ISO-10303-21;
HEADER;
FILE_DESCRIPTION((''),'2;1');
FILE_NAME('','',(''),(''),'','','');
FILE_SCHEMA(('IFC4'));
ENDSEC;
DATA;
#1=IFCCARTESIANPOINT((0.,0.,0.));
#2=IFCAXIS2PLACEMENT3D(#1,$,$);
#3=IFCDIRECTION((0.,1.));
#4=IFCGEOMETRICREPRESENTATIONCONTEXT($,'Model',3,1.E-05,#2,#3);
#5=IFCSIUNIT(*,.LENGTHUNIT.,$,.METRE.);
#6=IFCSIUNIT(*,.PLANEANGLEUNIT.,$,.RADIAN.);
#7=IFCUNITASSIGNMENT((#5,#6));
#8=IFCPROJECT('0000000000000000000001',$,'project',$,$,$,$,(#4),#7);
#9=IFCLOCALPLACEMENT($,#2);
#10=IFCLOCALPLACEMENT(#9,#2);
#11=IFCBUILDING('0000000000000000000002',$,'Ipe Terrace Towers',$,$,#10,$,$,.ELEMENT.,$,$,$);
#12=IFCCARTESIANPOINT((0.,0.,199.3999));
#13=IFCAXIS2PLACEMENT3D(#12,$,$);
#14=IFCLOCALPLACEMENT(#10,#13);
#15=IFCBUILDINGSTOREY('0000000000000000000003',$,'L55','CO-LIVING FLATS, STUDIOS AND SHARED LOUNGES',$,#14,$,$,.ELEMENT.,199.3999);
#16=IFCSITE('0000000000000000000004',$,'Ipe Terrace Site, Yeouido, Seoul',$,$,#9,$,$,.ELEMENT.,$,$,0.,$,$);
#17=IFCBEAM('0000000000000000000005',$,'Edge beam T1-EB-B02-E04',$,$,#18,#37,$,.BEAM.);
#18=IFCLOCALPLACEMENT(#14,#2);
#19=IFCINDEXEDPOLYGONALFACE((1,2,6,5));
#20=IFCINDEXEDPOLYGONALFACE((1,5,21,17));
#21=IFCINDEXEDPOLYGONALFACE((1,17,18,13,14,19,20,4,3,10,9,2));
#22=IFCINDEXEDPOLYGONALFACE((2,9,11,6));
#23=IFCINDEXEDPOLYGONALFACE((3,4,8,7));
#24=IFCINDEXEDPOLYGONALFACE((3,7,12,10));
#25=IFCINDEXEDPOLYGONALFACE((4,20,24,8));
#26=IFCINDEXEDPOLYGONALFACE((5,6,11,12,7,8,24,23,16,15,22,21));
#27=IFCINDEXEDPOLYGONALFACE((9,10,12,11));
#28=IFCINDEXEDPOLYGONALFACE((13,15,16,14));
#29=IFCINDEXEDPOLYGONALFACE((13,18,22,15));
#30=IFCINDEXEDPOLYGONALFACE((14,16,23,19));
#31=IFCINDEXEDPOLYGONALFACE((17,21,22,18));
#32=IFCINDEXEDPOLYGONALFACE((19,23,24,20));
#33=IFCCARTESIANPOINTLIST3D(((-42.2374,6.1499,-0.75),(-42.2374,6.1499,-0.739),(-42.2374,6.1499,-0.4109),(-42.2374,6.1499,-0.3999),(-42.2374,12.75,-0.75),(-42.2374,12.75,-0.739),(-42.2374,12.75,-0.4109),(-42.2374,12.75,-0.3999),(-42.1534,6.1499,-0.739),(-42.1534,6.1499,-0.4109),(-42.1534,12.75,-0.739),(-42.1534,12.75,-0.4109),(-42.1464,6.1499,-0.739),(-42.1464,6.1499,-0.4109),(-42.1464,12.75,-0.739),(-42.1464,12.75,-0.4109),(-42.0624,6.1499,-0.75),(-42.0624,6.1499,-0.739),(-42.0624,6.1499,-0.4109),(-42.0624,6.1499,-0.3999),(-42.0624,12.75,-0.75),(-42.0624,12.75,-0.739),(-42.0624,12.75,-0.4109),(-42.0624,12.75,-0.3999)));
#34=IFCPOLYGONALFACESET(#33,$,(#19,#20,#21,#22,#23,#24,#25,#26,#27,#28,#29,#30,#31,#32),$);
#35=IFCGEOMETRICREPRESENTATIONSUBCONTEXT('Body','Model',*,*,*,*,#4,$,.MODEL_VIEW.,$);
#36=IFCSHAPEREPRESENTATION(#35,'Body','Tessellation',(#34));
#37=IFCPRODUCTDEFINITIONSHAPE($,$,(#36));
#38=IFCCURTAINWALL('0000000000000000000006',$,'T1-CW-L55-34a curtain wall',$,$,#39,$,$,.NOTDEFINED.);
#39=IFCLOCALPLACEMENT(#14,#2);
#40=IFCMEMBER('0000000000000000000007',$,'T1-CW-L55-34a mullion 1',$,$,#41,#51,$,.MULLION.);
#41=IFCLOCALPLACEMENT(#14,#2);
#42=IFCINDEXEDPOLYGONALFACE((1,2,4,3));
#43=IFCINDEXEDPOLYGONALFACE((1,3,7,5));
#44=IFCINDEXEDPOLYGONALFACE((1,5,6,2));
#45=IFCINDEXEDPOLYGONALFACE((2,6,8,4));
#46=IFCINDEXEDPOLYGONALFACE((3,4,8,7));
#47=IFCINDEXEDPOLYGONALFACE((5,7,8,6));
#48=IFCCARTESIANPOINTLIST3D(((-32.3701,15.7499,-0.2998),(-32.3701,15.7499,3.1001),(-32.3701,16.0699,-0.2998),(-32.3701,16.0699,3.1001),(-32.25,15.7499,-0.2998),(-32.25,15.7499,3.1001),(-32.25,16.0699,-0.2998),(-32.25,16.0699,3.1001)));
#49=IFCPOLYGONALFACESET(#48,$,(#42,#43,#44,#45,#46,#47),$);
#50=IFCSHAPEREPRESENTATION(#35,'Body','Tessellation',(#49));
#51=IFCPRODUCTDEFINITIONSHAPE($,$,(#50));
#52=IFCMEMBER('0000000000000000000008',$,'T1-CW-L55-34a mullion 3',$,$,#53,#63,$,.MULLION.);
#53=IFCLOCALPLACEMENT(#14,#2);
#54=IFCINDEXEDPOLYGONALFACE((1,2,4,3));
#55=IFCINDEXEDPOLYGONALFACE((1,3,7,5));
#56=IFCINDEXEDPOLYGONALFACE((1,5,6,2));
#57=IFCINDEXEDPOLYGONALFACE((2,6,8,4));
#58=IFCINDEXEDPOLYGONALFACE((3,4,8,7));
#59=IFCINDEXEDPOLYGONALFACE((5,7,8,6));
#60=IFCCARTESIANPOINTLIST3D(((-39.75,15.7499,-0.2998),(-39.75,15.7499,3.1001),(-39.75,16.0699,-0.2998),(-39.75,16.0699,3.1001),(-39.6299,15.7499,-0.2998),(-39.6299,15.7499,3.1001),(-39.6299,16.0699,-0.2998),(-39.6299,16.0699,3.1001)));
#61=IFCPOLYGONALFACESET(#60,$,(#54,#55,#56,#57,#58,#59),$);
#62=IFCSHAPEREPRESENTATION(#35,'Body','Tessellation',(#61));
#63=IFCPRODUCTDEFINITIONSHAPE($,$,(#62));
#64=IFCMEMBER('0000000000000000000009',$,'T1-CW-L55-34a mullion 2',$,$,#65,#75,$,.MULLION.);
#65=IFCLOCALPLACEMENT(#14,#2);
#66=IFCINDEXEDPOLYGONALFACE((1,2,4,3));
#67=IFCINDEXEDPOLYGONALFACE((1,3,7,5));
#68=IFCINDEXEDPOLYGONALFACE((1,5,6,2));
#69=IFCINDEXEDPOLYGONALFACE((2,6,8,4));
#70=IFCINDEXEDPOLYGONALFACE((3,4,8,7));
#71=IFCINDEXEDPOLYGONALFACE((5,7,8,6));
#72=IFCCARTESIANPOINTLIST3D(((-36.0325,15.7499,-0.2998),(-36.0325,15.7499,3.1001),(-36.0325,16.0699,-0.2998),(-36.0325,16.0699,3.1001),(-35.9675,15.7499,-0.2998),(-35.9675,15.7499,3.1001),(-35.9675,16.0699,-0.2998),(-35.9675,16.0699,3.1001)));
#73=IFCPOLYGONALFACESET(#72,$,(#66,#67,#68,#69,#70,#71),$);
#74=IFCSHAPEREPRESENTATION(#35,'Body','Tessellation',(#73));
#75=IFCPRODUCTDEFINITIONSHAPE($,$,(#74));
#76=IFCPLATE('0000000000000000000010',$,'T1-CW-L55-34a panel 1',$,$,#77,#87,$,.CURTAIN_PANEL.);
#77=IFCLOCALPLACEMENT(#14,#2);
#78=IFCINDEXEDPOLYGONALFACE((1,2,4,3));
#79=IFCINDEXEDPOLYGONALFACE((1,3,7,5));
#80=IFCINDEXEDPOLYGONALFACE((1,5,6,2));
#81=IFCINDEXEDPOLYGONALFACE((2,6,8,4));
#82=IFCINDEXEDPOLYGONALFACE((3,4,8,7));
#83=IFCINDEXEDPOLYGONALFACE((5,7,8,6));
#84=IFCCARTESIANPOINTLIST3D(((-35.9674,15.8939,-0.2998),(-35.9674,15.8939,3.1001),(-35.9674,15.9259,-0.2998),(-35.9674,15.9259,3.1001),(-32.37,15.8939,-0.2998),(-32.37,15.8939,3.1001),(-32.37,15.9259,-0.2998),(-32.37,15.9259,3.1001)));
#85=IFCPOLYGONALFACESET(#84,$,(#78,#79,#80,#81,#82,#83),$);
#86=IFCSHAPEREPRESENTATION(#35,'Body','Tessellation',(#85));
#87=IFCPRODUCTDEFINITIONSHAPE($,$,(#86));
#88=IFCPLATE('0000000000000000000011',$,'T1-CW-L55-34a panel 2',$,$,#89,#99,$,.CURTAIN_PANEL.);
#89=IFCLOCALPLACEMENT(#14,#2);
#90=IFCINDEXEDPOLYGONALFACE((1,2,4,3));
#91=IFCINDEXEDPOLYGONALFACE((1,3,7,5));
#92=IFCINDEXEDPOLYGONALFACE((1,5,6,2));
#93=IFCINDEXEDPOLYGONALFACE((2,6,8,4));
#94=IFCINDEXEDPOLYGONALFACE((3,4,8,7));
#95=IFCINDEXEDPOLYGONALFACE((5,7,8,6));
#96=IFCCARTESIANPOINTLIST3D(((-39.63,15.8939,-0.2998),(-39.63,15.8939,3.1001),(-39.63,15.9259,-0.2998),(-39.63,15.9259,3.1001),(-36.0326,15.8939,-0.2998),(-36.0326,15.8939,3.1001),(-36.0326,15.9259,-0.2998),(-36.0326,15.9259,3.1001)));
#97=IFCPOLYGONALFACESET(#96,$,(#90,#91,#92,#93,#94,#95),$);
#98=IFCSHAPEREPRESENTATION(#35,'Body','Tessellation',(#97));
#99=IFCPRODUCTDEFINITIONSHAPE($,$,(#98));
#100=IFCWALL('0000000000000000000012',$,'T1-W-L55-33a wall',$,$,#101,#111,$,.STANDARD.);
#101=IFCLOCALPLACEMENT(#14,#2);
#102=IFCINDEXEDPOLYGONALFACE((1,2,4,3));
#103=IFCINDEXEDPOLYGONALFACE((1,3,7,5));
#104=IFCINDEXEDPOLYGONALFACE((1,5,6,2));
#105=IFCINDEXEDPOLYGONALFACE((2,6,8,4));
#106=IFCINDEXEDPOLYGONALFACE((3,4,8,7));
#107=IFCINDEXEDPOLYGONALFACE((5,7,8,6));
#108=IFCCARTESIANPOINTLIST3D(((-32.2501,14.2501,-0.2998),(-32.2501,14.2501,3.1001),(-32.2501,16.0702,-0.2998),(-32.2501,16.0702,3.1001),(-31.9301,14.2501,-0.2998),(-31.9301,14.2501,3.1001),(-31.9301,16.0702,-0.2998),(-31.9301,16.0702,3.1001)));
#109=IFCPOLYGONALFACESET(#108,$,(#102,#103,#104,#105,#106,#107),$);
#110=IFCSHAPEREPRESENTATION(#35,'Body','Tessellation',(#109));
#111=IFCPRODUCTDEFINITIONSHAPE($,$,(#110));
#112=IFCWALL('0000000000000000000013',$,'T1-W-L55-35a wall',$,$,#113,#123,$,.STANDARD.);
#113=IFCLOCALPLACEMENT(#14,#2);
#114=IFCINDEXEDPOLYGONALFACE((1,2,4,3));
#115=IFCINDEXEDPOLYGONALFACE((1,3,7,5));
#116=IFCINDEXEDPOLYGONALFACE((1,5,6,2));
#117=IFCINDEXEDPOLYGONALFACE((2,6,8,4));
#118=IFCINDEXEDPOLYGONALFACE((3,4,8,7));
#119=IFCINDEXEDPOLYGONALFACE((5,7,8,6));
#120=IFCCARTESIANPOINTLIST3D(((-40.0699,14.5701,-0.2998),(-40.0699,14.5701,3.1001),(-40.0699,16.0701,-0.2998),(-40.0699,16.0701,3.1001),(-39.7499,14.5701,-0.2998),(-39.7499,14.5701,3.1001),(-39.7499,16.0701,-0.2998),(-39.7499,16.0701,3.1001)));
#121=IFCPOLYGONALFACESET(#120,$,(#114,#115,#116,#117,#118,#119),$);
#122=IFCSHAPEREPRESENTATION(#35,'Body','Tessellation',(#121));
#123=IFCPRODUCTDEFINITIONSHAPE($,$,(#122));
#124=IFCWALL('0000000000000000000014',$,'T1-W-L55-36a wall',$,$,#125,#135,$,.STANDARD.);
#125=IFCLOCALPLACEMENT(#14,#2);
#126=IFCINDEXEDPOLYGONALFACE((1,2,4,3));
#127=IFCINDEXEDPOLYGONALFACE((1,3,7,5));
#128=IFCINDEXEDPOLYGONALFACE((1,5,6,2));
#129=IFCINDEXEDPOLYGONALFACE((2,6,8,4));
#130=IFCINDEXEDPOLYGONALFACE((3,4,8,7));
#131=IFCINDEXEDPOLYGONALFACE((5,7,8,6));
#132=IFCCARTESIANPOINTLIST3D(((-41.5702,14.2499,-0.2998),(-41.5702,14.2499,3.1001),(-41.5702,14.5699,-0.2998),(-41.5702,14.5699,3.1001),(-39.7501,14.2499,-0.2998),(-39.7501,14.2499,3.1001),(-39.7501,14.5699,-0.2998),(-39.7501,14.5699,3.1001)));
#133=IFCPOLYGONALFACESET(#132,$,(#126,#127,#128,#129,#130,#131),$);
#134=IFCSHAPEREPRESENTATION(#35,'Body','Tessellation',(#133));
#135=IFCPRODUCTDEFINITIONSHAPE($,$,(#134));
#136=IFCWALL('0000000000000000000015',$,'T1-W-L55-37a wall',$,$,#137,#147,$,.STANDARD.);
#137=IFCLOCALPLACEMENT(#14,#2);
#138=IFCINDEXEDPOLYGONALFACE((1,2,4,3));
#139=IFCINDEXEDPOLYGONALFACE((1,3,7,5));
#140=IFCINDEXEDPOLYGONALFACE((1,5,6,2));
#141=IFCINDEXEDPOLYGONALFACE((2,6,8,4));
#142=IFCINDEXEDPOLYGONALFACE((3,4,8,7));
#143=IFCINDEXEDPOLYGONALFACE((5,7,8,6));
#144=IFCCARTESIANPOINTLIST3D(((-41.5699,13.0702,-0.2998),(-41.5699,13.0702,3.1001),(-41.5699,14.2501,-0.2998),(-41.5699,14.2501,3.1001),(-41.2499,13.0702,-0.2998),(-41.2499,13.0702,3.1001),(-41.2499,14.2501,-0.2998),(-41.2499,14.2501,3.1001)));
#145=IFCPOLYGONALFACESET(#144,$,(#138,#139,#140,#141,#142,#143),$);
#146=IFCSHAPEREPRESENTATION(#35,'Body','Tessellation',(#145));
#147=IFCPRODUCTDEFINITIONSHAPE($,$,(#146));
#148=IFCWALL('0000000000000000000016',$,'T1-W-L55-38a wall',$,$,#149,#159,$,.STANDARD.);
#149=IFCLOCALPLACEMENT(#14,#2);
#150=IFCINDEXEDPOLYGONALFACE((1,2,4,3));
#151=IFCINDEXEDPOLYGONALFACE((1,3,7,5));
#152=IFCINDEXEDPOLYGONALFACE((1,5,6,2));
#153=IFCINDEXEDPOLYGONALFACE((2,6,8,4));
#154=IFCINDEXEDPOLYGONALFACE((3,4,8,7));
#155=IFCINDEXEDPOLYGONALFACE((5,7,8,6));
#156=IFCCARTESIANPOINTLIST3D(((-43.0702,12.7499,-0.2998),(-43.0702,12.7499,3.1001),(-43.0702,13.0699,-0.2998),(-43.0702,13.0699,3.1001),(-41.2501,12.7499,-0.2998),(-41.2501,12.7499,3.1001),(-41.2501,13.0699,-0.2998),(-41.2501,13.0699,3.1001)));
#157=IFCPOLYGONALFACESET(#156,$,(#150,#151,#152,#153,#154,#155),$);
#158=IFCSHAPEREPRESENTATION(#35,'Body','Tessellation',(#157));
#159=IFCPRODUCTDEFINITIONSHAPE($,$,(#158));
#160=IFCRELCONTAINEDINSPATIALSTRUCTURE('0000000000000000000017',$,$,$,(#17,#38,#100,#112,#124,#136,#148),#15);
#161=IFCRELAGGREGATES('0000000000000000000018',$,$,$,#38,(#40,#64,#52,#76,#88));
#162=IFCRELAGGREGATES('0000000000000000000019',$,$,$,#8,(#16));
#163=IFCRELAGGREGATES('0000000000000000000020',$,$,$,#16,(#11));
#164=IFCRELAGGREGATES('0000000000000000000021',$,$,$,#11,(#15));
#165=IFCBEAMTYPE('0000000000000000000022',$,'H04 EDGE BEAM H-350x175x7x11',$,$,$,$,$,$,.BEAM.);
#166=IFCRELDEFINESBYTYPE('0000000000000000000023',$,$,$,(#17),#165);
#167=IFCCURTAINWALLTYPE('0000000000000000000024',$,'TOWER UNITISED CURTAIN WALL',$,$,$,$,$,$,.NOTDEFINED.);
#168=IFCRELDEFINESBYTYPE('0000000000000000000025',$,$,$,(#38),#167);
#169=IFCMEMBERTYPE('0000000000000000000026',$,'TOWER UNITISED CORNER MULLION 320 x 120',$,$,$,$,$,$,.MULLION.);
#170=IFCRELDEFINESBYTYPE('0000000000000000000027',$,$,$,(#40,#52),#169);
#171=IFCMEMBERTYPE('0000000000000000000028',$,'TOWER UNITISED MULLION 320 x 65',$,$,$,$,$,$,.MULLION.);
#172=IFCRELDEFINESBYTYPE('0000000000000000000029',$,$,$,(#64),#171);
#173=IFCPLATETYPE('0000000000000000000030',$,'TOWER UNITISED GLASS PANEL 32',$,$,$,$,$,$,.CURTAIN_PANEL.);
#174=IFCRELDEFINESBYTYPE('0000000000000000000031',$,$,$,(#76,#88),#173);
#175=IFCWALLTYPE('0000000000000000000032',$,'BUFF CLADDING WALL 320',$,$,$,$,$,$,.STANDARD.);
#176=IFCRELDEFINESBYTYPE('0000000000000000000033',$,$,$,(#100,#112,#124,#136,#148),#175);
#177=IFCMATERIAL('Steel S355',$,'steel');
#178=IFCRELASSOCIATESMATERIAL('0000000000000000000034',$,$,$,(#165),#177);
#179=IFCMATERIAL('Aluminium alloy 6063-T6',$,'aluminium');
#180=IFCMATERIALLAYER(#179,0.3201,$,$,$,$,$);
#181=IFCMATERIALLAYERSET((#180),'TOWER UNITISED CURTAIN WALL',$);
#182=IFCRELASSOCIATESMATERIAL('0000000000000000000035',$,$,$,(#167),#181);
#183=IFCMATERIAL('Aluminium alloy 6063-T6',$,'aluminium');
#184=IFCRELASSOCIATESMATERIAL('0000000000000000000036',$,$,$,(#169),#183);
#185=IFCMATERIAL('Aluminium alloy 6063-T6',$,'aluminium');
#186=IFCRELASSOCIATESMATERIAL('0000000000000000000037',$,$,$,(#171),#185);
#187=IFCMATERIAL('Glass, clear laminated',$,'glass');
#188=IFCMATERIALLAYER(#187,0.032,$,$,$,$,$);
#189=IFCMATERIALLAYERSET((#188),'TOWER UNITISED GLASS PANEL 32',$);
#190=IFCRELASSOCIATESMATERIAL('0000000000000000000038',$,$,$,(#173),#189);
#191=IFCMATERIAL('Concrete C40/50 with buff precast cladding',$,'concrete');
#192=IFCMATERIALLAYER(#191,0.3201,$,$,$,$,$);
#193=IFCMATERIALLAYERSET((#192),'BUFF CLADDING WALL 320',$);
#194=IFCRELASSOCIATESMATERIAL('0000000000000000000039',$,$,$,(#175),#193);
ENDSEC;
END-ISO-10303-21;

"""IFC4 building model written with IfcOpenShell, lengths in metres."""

from ifc_helpers import new_model, si_unit, direction, frame, frame_2d, origin, origin_2d, place, context, subcontext, project, spatial, rectangle, i_section, extrude, material, layer, layer_set, material_profile, profile_set, type_object, element, aggregate, save


model = new_model("IFC4")

# Units and contexts
model_context = context("Model", 3, precision=1e-05, world=origin(), true_north=direction((0.0, 1.0)))
body_context = subcontext(model_context, "Body", "Model", "MODEL_VIEW")
ifc_project = project(units=[si_unit("LENGTHUNIT", "METRE"), si_unit("PLANEANGLEUNIT", "RADIAN")], contexts=[model_context])

# Site, building, storey
site_placement = place(None, origin())
site = spatial("IfcSite", under=ifc_project, at=site_placement, Name="Ipe Terrace Site, Yeouido, Seoul", CompositionType="ELEMENT", RefElevation=0.0)
building_placement = place(site_placement, origin())
building = spatial("IfcBuilding", under=site, at=building_placement, Name="Ipe Terrace Towers", CompositionType="ELEMENT")
storey_placement = place(building_placement, frame((0.0, 0.0, 199.3999)))
storey = spatial("IfcBuildingStorey", under=building, at=storey_placement, Name="L55", Description="CO-LIVING FLATS, STUDIOS AND SHARED LOUNGES", CompositionType="ELEMENT", Elevation=199.3999)

# Beam
ifc_material_1 = material(Name="Steel S355", Category="steel")
ifc_material_profile_1 = material_profile(ifc_material_1, i_section(OverallWidth=0.175, OverallDepth=0.3501, WebThickness=0.0071, FlangeThickness=0.011, at=origin_2d()), Name="H-350x175x7x11")
ifc_profile_set_1 = profile_set([ifc_material_profile_1], Name="Steel S355")
beam_type = type_object("IfcBeamType", Name="H04 EDGE BEAM H-350x175x7x11", PredefinedType="BEAM", material=ifc_profile_set_1)
beam_placement = place(storey_placement, frame((-42.1499, 12.75, -0.575), z_axis=(0.0, -1.0, 0.0), x_axis=(1.0, 0.0, 0.0)))
element("IfcBeam", 1, at=beam_placement, inside=storey, type_object=beam_type, Name="Edge beam T1-EB-B02-E04", PredefinedType="BEAM", context=body_context, shape_type="SweptSolid", body=[
    extrude(i_section(OverallWidth=0.175, OverallDepth=0.3501, WebThickness=0.0071, FlangeThickness=0.011, at=origin_2d()), origin(), (0.0, 0.0, 1.0), 6.6001),
])

# Curtain wall, members, plates
ifc_material_2 = material(Name="Aluminium alloy 6063-T6", Category="aluminium")
ifc_layer_1 = layer(ifc_material_2, 0.3201)
ifc_layer_set_1 = layer_set([ifc_layer_1], Name="TOWER UNITISED CURTAIN WALL")
curtain_wall_type = type_object("IfcCurtainWallType", Name="TOWER UNITISED CURTAIN WALL", PredefinedType="NOTDEFINED", material=ifc_layer_set_1)
curtain_wall_placement = place(storey_placement, origin())
curtain_wall = element("IfcCurtainWall", 2, at=curtain_wall_placement, inside=storey, type_object=curtain_wall_type, Name="T1-CW-L55-34a curtain wall", PredefinedType="NOTDEFINED")
ifc_material_3 = material(Name="Aluminium alloy 6063-T6", Category="aluminium")
ifc_material_profile_2 = material_profile(ifc_material_3, rectangle(XDim=0.3201, YDim=0.1201, at=origin_2d()), Name="TOWER UNITISED CORNER MULLION 320 x 120")
ifc_profile_set_2 = profile_set([ifc_material_profile_2], Name="Aluminium alloy 6063-T6")
member_type_1 = type_object("IfcMemberType", Name="TOWER UNITISED CORNER MULLION 320 x 120", PredefinedType="MULLION", material=ifc_profile_set_2)
member_1_placement = place(storey_placement, frame((-32.3101, 15.9099, -0.2998), z_axis=(0.0, 0.0, 1.0), x_axis=(0.0, 1.0, 0.0)))
member_1 = element("IfcMember", 3, at=member_1_placement, type_object=member_type_1, Name="T1-CW-L55-34a mullion 1", PredefinedType="MULLION", context=body_context, shape_type="SweptSolid", body=[
    extrude(rectangle(XDim=0.3201, YDim=0.1201, at=origin_2d()), origin(), (0.0, 0.0, 1.0), 3.3999),
])
member_2_placement = place(storey_placement, frame((-39.6899, 15.9099, -0.2998), z_axis=(0.0, 0.0, 1.0), x_axis=(0.0, 1.0, 0.0)))
member_2 = element("IfcMember", 4, at=member_2_placement, type_object=member_type_1, Name="T1-CW-L55-34a mullion 3", PredefinedType="MULLION", context=body_context, shape_type="SweptSolid", body=[
    extrude(rectangle(XDim=0.3201, YDim=0.1201, at=origin_2d()), origin(), (0.0, 0.0, 1.0), 3.3999),
])
ifc_material_4 = material(Name="Aluminium alloy 6063-T6", Category="aluminium")
ifc_material_profile_3 = material_profile(ifc_material_4, rectangle(XDim=0.3201, YDim=0.0649, at=origin_2d()), Name="TOWER UNITISED MULLION 320 x 65")
ifc_profile_set_3 = profile_set([ifc_material_profile_3], Name="Aluminium alloy 6063-T6")
member_type_2 = type_object("IfcMemberType", Name="TOWER UNITISED MULLION 320 x 65", PredefinedType="MULLION", material=ifc_profile_set_3)
member_3_placement = place(storey_placement, frame((-36.0, 15.9099, -0.2998), z_axis=(0.0, 0.0, 1.0), x_axis=(0.0, 1.0, 0.0)))
member_3 = element("IfcMember", 5, at=member_3_placement, type_object=member_type_2, Name="T1-CW-L55-34a mullion 2", PredefinedType="MULLION", context=body_context, shape_type="SweptSolid", body=[
    extrude(rectangle(XDim=0.3201, YDim=0.0649, at=origin_2d()), origin(), (0.0, 0.0, 1.0), 3.3999),
])
ifc_material_5 = material(Name="Glass, clear laminated", Category="glass")
ifc_layer_2 = layer(ifc_material_5, 0.032)
ifc_layer_set_2 = layer_set([ifc_layer_2], Name="TOWER UNITISED GLASS PANEL 32")
plate_type = type_object("IfcPlateType", Name="TOWER UNITISED GLASS PANEL 32", PredefinedType="CURTAIN_PANEL", material=ifc_layer_set_2)
plate_1_placement = place(storey_placement, frame((-34.1687, 15.9099, -0.2998), z_axis=(0.0, 0.0, 1.0), x_axis=(-1.0, 0.0, 0.0)))
plate_1 = element("IfcPlate", 6, at=plate_1_placement, type_object=plate_type, Name="T1-CW-L55-34a panel 1", PredefinedType="CURTAIN_PANEL", context=body_context, shape_type="SweptSolid", body=[
    extrude(rectangle(XDim=3.5974, YDim=0.032, at=origin_2d()), origin(), (0.0, 0.0, 1.0), 3.3999),
])
plate_2_placement = place(storey_placement, frame((-37.8313, 15.9099, -0.2998), z_axis=(0.0, 0.0, 1.0), x_axis=(-1.0, 0.0, 0.0)))
plate_2 = element("IfcPlate", 7, at=plate_2_placement, type_object=plate_type, Name="T1-CW-L55-34a panel 2", PredefinedType="CURTAIN_PANEL", context=body_context, shape_type="SweptSolid", body=[
    extrude(rectangle(XDim=3.5974, YDim=0.032, at=origin_2d()), origin(), (0.0, 0.0, 1.0), 3.3999),
])
aggregate(curtain_wall, [member_1, member_3, member_2, plate_1, plate_2])

# Walls
ifc_material_6 = material(Name="Concrete C40/50 with buff precast cladding", Category="concrete")
ifc_layer_3 = layer(ifc_material_6, 0.3201)
ifc_layer_set_3 = layer_set([ifc_layer_3], Name="BUFF CLADDING WALL 320")
wall_type_1 = type_object("IfcWallType", Name="BUFF CLADDING WALL 320", PredefinedType="STANDARD", material=ifc_layer_set_3)
wall_1_placement = place(storey_placement, frame((-32.0901, 14.25, -0.2998), z_axis=(0.0, 0.0, 1.0), x_axis=(0.0, 1.0, 0.0)))
element("IfcWall", 8, at=wall_1_placement, inside=storey, type_object=wall_type_1, Name="T1-W-L55-33a wall", PredefinedType="STANDARD", context=body_context, shape_type="SweptSolid", body=[
    extrude(rectangle(XDim=1.8201, YDim=0.3201, at=frame_2d((0.9102, 0.0))), origin(), (0.0, 0.0, 1.0), 3.3999),
])
wall_2_placement = place(storey_placement, frame((-39.9099, 16.0701, -0.2998), z_axis=(0.0, 0.0, 1.0), x_axis=(0.0, -1.0, 0.0)))
element("IfcWall", 9, at=wall_2_placement, inside=storey, type_object=wall_type_1, Name="T1-W-L55-35a wall", PredefinedType="STANDARD", context=body_context, shape_type="SweptSolid", body=[
    extrude(rectangle(XDim=1.5, YDim=0.3201, at=frame_2d((0.75, 0.0))), origin(), (0.0, 0.0, 1.0), 3.3999),
])
wall_3_placement = place(storey_placement, frame((-39.75, 14.4099, -0.2998), z_axis=(0.0, 0.0, 1.0), x_axis=(-1.0, 0.0, 0.0)))
element("IfcWall", 10, at=wall_3_placement, inside=storey, type_object=wall_type_1, Name="T1-W-L55-36a wall", PredefinedType="STANDARD", context=body_context, shape_type="SweptSolid", body=[
    extrude(rectangle(XDim=1.8201, YDim=0.3201, at=frame_2d((0.9102, 0.0))), origin(), (0.0, 0.0, 1.0), 3.3999),
])
wall_4_placement = place(storey_placement, frame((-41.4099, 14.25, -0.2998), z_axis=(0.0, 0.0, 1.0), x_axis=(0.0, -1.0, 0.0)))
element("IfcWall", 11, at=wall_4_placement, inside=storey, type_object=wall_type_1, Name="T1-W-L55-37a wall", PredefinedType="STANDARD", context=body_context, shape_type="SweptSolid", body=[
    extrude(rectangle(XDim=1.1799, YDim=0.3201, at=frame_2d((0.5898, 0.0))), origin(), (0.0, 0.0, 1.0), 3.3999),
])
wall_5_placement = place(storey_placement, frame((-41.25, 12.9099, -0.2998), z_axis=(0.0, 0.0, 1.0), x_axis=(-1.0, 0.0, 0.0)))
element("IfcWall", 12, at=wall_5_placement, inside=storey, type_object=wall_type_1, Name="T1-W-L55-38a wall", PredefinedType="STANDARD", context=body_context, shape_type="SweptSolid", body=[
    extrude(rectangle(XDim=1.8201, YDim=0.3201, at=frame_2d((0.9102, 0.0))), origin(), (0.0, 0.0, 1.0), 3.3999),
])

save(model, "model.ifc")
